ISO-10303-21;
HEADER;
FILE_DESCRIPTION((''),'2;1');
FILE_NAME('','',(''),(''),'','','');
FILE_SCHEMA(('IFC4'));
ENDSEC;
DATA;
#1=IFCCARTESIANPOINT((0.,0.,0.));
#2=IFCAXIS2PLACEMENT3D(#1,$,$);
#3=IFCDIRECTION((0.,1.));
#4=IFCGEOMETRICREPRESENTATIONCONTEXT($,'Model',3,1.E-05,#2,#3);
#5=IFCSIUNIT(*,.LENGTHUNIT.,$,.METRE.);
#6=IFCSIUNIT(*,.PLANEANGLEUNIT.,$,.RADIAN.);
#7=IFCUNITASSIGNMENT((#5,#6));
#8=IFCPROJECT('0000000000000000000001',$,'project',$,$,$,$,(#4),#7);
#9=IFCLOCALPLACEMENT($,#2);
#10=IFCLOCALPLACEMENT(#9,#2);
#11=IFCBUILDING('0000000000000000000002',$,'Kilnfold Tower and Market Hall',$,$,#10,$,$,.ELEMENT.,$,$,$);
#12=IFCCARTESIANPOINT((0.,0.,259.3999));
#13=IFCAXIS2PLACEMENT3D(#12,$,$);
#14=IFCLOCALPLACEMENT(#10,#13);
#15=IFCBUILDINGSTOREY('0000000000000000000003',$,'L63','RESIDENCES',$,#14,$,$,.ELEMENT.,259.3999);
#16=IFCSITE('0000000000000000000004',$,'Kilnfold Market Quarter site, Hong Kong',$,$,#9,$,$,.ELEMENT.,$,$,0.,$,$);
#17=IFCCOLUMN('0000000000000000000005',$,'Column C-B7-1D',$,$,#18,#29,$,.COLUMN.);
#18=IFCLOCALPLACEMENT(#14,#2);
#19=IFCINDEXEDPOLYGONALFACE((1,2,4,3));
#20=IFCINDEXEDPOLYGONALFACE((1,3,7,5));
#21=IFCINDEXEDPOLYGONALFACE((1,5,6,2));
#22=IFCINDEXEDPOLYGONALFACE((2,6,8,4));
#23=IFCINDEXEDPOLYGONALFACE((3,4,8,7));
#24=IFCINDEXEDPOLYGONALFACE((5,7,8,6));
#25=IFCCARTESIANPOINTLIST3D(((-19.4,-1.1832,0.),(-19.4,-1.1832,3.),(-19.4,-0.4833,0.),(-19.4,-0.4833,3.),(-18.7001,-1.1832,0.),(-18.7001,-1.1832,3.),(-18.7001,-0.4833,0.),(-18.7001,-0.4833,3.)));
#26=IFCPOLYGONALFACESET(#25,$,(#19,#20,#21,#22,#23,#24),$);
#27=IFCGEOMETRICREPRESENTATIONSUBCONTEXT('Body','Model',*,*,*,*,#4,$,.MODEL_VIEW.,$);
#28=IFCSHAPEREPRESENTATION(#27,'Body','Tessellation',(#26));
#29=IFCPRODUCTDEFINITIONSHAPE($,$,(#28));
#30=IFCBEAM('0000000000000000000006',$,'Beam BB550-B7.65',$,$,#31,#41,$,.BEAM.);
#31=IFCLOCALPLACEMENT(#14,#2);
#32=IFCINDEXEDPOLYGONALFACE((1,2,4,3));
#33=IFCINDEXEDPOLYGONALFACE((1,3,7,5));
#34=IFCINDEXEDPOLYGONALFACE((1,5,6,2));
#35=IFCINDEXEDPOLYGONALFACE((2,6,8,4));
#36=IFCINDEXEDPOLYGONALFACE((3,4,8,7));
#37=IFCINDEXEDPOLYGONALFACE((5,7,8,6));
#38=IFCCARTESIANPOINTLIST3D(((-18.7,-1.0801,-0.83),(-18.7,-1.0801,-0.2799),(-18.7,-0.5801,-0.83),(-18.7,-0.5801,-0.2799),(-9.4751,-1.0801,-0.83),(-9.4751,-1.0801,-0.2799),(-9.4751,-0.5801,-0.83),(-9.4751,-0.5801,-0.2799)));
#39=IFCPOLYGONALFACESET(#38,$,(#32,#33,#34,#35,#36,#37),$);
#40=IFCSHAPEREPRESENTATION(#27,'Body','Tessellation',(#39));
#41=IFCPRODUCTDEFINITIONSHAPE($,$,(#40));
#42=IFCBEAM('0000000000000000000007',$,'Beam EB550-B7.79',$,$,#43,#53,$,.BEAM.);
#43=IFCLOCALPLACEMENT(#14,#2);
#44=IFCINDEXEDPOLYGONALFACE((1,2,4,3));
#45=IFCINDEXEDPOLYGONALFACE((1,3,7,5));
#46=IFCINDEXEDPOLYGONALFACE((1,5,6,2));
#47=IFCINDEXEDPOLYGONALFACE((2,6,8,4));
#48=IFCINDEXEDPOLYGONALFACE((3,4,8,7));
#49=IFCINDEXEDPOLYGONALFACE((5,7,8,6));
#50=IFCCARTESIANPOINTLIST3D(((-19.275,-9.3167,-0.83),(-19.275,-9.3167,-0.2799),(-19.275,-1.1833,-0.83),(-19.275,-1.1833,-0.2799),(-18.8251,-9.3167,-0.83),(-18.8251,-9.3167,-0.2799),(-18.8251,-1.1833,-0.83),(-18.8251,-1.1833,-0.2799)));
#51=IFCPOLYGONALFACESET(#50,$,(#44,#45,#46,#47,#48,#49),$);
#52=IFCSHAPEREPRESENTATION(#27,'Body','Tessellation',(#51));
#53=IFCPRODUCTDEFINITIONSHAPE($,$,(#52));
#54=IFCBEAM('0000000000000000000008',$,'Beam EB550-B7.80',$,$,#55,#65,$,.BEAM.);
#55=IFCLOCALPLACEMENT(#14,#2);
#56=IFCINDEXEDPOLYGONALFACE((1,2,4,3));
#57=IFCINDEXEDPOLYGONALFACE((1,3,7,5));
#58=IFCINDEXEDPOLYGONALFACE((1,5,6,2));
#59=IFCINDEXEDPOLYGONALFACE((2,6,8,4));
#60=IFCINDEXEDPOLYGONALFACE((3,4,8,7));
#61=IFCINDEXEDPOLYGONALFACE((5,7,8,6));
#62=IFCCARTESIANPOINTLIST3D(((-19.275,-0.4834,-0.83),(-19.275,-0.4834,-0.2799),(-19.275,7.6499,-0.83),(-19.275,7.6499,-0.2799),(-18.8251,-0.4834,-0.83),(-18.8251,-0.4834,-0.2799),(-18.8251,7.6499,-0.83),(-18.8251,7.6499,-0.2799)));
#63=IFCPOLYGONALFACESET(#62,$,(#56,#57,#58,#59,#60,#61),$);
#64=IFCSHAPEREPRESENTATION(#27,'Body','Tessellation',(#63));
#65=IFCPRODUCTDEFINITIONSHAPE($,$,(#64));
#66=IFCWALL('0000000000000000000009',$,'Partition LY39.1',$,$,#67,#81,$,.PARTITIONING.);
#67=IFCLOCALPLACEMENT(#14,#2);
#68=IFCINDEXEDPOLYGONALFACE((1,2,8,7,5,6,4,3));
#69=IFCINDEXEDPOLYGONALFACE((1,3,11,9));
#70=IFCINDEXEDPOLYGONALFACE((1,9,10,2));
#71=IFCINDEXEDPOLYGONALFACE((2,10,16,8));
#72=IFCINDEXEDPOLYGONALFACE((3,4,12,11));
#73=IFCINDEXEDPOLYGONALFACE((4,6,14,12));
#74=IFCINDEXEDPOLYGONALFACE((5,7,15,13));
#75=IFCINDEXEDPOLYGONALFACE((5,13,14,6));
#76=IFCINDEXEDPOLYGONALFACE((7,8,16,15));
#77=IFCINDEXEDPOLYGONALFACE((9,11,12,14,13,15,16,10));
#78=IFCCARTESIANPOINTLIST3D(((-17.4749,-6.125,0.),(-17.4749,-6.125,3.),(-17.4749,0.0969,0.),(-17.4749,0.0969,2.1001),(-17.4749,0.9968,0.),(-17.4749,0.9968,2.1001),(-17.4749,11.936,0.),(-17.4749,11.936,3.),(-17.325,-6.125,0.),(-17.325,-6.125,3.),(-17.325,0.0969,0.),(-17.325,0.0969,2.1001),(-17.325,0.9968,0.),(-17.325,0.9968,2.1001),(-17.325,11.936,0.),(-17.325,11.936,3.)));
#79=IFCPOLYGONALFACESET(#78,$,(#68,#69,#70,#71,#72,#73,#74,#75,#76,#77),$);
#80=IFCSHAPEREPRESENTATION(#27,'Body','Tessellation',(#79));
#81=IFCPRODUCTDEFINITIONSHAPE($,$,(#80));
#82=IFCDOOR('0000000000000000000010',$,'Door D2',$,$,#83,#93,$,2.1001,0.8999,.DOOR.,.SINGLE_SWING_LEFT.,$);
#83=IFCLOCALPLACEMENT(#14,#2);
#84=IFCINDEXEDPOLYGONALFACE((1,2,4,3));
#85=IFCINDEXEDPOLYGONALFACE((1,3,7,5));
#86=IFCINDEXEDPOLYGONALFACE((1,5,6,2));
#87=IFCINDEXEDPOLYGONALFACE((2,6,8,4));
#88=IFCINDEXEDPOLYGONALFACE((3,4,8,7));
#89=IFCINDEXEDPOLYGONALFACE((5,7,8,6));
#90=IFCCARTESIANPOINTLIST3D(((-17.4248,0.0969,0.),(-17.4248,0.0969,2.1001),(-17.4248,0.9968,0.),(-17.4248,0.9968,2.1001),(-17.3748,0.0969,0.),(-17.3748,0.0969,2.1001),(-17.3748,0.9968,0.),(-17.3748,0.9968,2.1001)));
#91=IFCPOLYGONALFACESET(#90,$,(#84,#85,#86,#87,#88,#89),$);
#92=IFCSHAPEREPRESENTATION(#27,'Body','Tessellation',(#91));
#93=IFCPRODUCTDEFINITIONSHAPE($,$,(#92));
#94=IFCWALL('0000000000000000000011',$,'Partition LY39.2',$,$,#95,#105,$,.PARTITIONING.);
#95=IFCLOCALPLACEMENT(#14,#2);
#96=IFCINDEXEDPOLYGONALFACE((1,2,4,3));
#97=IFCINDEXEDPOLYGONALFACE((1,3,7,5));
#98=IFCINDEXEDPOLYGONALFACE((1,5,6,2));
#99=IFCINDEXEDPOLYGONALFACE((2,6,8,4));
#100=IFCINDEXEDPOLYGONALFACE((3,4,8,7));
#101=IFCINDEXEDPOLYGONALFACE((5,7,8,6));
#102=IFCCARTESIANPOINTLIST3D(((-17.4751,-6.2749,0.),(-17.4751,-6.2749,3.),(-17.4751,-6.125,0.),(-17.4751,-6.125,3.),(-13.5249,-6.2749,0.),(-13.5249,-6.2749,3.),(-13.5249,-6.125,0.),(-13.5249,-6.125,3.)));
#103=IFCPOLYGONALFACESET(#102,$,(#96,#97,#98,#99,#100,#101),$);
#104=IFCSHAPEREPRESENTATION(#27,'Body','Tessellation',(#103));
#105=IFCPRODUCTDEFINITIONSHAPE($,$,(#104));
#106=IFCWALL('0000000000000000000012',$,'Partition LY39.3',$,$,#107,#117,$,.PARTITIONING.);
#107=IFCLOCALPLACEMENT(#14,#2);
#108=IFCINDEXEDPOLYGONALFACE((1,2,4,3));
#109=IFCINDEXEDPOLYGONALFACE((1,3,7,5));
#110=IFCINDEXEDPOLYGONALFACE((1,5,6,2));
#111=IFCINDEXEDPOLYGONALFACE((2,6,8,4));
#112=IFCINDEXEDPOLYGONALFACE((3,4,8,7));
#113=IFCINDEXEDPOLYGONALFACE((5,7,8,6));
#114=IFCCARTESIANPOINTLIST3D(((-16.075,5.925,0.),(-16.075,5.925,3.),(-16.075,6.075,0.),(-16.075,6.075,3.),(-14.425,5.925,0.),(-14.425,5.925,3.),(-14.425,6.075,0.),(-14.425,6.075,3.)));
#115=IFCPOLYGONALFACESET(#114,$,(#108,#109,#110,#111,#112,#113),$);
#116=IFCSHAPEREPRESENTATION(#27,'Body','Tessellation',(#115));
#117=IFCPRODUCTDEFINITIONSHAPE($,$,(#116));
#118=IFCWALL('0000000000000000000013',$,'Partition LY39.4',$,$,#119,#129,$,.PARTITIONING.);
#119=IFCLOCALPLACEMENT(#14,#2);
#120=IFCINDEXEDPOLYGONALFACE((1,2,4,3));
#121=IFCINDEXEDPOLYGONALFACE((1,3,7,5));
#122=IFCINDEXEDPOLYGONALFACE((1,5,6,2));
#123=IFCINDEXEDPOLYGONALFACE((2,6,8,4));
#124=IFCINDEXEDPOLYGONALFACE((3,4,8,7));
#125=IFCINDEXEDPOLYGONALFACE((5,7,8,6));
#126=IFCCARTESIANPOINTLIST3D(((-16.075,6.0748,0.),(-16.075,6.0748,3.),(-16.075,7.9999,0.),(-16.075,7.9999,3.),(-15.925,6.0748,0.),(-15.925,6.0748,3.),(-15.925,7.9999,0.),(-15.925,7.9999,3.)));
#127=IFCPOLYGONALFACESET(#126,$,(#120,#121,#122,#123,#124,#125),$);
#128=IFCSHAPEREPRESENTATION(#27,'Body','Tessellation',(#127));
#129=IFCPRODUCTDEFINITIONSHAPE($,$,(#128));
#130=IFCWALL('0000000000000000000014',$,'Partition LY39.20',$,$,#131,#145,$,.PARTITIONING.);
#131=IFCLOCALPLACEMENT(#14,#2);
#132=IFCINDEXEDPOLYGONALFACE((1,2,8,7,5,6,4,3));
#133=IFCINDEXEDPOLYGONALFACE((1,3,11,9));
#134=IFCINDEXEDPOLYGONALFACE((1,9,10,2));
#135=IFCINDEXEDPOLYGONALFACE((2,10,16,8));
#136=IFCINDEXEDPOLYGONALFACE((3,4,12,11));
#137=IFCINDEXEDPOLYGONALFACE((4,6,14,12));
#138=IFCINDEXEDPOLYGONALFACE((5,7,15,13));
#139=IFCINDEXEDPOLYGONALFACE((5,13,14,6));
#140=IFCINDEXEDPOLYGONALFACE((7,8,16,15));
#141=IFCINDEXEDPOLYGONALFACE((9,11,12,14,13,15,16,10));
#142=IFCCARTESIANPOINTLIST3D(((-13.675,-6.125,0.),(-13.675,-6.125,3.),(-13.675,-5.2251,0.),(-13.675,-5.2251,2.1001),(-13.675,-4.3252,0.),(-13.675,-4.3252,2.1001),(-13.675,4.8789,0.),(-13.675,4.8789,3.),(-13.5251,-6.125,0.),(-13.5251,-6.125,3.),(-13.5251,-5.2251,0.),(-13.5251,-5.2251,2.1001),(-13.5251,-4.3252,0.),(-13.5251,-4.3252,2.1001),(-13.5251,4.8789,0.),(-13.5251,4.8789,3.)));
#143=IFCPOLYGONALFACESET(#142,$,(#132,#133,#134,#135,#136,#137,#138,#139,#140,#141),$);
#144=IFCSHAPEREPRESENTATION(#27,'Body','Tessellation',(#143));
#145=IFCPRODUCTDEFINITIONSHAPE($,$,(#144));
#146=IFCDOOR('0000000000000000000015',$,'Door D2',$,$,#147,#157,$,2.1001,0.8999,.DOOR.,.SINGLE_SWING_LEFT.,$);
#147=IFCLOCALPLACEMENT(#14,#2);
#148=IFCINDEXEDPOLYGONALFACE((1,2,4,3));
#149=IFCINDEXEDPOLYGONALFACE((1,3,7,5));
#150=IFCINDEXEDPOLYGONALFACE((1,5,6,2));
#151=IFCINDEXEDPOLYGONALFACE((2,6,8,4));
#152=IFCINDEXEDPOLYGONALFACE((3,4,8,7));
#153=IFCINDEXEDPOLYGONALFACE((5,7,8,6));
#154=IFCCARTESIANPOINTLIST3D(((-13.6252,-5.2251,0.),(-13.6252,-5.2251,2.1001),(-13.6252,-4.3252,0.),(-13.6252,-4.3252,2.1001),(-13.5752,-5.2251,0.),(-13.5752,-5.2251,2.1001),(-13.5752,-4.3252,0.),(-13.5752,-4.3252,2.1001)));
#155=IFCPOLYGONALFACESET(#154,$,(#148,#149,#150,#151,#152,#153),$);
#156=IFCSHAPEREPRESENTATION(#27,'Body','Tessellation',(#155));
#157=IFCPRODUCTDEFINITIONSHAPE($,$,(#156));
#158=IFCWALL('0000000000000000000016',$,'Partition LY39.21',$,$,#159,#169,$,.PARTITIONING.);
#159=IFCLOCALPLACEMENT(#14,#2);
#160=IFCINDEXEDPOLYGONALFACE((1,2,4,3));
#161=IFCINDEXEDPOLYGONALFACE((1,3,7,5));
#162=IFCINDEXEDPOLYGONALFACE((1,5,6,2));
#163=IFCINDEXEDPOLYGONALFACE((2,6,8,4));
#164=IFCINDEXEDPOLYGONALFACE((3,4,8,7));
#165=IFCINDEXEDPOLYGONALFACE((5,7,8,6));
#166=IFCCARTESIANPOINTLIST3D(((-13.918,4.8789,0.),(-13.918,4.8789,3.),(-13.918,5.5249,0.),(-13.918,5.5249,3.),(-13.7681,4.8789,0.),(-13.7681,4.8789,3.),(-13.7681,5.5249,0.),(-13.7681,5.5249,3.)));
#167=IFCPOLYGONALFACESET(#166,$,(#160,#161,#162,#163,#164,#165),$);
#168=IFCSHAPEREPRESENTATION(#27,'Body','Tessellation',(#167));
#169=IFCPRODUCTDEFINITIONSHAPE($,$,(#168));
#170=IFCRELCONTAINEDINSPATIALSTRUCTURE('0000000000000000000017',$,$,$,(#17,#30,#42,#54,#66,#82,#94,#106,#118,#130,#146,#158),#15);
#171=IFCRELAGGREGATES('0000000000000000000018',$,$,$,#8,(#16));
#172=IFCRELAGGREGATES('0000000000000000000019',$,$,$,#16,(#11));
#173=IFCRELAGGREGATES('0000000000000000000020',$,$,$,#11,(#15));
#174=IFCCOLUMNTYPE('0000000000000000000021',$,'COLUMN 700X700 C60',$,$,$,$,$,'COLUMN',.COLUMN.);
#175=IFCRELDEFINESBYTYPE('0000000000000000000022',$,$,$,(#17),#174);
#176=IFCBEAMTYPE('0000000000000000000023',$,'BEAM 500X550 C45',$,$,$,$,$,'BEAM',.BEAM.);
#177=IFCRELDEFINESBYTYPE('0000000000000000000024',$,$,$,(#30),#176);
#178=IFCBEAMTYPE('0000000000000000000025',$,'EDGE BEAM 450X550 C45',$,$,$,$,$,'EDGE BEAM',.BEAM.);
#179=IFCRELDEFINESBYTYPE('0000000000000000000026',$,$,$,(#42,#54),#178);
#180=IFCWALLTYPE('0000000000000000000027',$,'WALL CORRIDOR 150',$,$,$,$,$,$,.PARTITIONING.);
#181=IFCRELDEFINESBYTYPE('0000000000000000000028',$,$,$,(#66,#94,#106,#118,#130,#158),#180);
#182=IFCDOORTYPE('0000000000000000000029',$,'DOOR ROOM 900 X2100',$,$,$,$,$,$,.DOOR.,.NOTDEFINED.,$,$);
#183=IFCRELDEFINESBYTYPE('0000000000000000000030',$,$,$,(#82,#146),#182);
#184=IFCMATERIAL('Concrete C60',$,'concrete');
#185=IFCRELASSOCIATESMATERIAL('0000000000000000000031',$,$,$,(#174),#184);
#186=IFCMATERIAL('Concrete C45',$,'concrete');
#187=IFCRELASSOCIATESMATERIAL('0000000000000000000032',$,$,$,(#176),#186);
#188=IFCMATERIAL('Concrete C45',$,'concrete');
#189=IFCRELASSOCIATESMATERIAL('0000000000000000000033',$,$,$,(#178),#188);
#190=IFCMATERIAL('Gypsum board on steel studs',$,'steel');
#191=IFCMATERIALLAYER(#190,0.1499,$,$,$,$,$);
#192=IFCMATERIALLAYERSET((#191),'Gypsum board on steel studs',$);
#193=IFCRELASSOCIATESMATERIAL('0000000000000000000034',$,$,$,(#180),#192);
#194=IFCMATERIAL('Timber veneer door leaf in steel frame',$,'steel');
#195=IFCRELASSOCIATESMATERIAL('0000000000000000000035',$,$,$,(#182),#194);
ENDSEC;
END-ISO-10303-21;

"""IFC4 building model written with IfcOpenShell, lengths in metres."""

from ifc_helpers import new_model, si_unit, direction, frame, frame_2d, origin, origin_2d, place, context, subcontext, project, spatial, rectangle, extrude, source, transform, mapped, material, layer, layer_set, material_profile, profile_set, type_object, element, fill, save


model = new_model("IFC4")

# Units and contexts
model_context = context("Model", 3, precision=1e-05, world=origin(), true_north=direction((0.0, 1.0)))
body_context = subcontext(model_context, "Body", "Model", "MODEL_VIEW")
ifc_project = project(units=[si_unit("LENGTHUNIT", "METRE"), si_unit("PLANEANGLEUNIT", "RADIAN")], contexts=[model_context])

# Site, building, storey
site_placement = place(None, origin())
site = spatial("IfcSite", under=ifc_project, at=site_placement, Name="Kilnfold Market Quarter site, Hong Kong", CompositionType="ELEMENT", RefElevation=0.0)
building_placement = place(site_placement, origin())
building = spatial("IfcBuilding", under=site, at=building_placement, Name="Kilnfold Tower and Market Hall", CompositionType="ELEMENT")
storey_placement = place(building_placement, frame((0.0, 0.0, 259.3999)))
storey = spatial("IfcBuildingStorey", under=building, at=storey_placement, Name="L63", Description="RESIDENCES", CompositionType="ELEMENT", Elevation=259.3999)

# Column
ifc_material_1 = material(Name="Concrete C60", Category="concrete")
ifc_material_profile_1 = material_profile(ifc_material_1, rectangle(XDim=0.7, YDim=0.7, at=origin_2d()), Name="RC 700x700")
ifc_profile_set_1 = profile_set([ifc_material_profile_1], Name="Concrete C60")
column_type = type_object("IfcColumnType", Name="COLUMN 700X700 C60", ElementType="COLUMN", PredefinedType="COLUMN", material=ifc_profile_set_1)
shared_shape_1 = source(origin(), body_context, "Body", "SweptSolid", [
    extrude(rectangle(XDim=0.7, YDim=0.7, at=origin_2d()), origin(), (0.0, 0.0, 1.0), 3.0),
])
column_placement = place(storey_placement, frame((-19.05, -0.8333, 0.0), z_axis=(0.0, 0.0, 1.0), x_axis=(1.0, 0.0, 0.0)))
element("IfcColumn", 1, at=column_placement, inside=storey, type_object=column_type, Name="Column C-B7-1D", PredefinedType="COLUMN", context=body_context, shape_type="MappedRepresentation", body=[
    mapped(shared_shape_1, transform((0.0, 0.0, 0.0))),
])

# Beams
ifc_material_2 = material(Name="Concrete C45", Category="concrete")
ifc_material_profile_2 = material_profile(ifc_material_2, rectangle(XDim=0.5, YDim=0.55, at=origin_2d()), Name="RC 500x550")
ifc_profile_set_2 = profile_set([ifc_material_profile_2], Name="Concrete C45")
beam_type_1 = type_object("IfcBeamType", Name="BEAM 500X550 C45", ElementType="BEAM", PredefinedType="BEAM", material=ifc_profile_set_2)
shared_shape_2 = source(origin(), body_context, "Body", "SweptSolid", [
    extrude(rectangle(XDim=0.5, YDim=0.55, at=origin_2d()), origin(), (0.0, 0.0, 1.0), 9.2249),
])
beam_placement = place(storey_placement, frame((-18.7, -0.8301, -0.5549), z_axis=(1.0, 0.0, 0.0), x_axis=(0.0, 1.0, 0.0)))
element("IfcBeam", 2, at=beam_placement, inside=storey, type_object=beam_type_1, Name="Beam BB550-B7.65", PredefinedType="BEAM", context=body_context, shape_type="MappedRepresentation", body=[
    mapped(shared_shape_2, transform((0.0, 0.0, 0.0))),
])
ifc_material_3 = material(Name="Concrete C45", Category="concrete")
ifc_material_profile_3 = material_profile(ifc_material_3, rectangle(XDim=0.45, YDim=0.55, at=origin_2d()), Name="RC 450x550")
ifc_profile_set_3 = profile_set([ifc_material_profile_3], Name="Concrete C45")
beam_type_2 = type_object("IfcBeamType", Name="EDGE BEAM 450X550 C45", ElementType="EDGE BEAM", PredefinedType="BEAM", material=ifc_profile_set_3)
shared_shape_3 = source(origin(), body_context, "Body", "SweptSolid", [
    extrude(rectangle(XDim=0.45, YDim=0.55, at=origin_2d()), origin(), (0.0, 0.0, 1.0), 8.1333),
])
for number, where, z_axis, x_axis, name in (
    (3, (-19.05, -9.3167, -0.5549), (0.0, 1.0, 0.0), (-1.0, 0.0, 0.0), "Beam EB550-B7.79"),
    (4, (-19.05, -0.4834, -0.5549), (0.0, 1.0, 0.0), (-1.0, 0.0, 0.0), "Beam EB550-B7.80"),
):
    element("IfcBeam", number, at=place(storey_placement, frame(where, z_axis=z_axis, x_axis=x_axis)), inside=storey, type_object=beam_type_2, Name=name, PredefinedType="BEAM", context=body_context, shape_type="MappedRepresentation", body=[
        mapped(shared_shape_3, transform((0.0, 0.0, 0.0))),
    ])

# Wall, opening, door
ifc_material_4 = material(Name="Gypsum board on steel studs", Category="steel")
ifc_layer_1 = layer(ifc_material_4, 0.1499)
ifc_layer_set_1 = layer_set([ifc_layer_1], Name="Gypsum board on steel studs")
wall_type_1 = type_object("IfcWallType", Name="WALL CORRIDOR 150", PredefinedType="PARTITIONING", material=ifc_layer_set_1)
wall_1_placement = place(storey_placement, frame((-17.3999, -6.125, 0.0), z_axis=(0.0, 0.0, 1.0), x_axis=(0.0, 1.0, 0.0)))
wall_1 = element("IfcWall", 5, at=wall_1_placement, inside=storey, type_object=wall_type_1, Name="Partition LY39.1", PredefinedType="PARTITIONING", context=body_context, shape_type="SweptSolid", body=[
    extrude(rectangle(XDim=18.061, YDim=0.1499, at=frame_2d((9.0305, 0.0))), origin(), (0.0, 0.0, 1.0), 3.0),
])
opening_1_placement = place(wall_1_placement, frame((6.2219, 0.0, 0.0)))
opening_1 = element("IfcOpeningElement", 6, at=opening_1_placement, cuts=wall_1, PredefinedType="OPENING", context=body_context, shape_type="SweptSolid", body=[
    extrude(rectangle(XDim=0.8999, YDim=2.1001, at=frame_2d((0.45, 1.05))), frame((0.0, 0.085, 0.0), z_axis=(0.0, -1.0, 0.0), x_axis=(1.0, 0.0, 0.0)), (0.0, 0.0, 1.0), 0.1699),
])
ifc_material_5 = material(Name="Timber veneer door leaf in steel frame", Category="steel")
door_type = type_object("IfcDoorType", Name="DOOR ROOM 900 X2100", OperationType="NOTDEFINED", PredefinedType="DOOR", material=ifc_material_5)
door_1_placement = place(opening_1_placement, origin())
door_1 = element("IfcDoor", 7, at=door_1_placement, inside=storey, type_object=door_type, Name="Door D2", OperationType="SINGLE_SWING_LEFT", OverallHeight=2.1001, OverallWidth=0.8999, PredefinedType="DOOR", context=body_context, shape_type="SweptSolid", body=[
    extrude(rectangle(XDim=0.8999, YDim=2.1001, at=frame_2d((0.45, 1.05))), frame((0.0, 0.0249, 0.0), z_axis=(0.0, -1.0, 0.0), x_axis=(1.0, 0.0, 0.0)), (0.0, 0.0, 1.0), 0.05),
])
fill(opening_1, door_1)

# Walls
wall_2_placement = place(storey_placement, frame((-17.4751, -6.2, 0.0), z_axis=(0.0, 0.0, 1.0), x_axis=(1.0, 0.0, 0.0)))
element("IfcWall", 8, at=wall_2_placement, inside=storey, type_object=wall_type_1, Name="Partition LY39.2", PredefinedType="PARTITIONING", context=body_context, shape_type="SweptSolid", body=[
    extrude(rectangle(XDim=3.9502, YDim=0.1499, at=frame_2d((1.9751, 0.0))), origin(), (0.0, 0.0, 1.0), 3.0),
])
wall_3_placement = place(storey_placement, frame((-16.075, 6.0, 0.0), z_axis=(0.0, 0.0, 1.0), x_axis=(1.0, 0.0, 0.0)))
element("IfcWall", 9, at=wall_3_placement, inside=storey, type_object=wall_type_1, Name="Partition LY39.3", PredefinedType="PARTITIONING", context=body_context, shape_type="SweptSolid", body=[
    extrude(rectangle(XDim=1.6499, YDim=0.1499, at=frame_2d((0.825, 0.0))), origin(), (0.0, 0.0, 1.0), 3.0),
])
wall_4_placement = place(storey_placement, frame((-16.0, 6.075, 0.0), z_axis=(0.0, 0.0, 1.0), x_axis=(0.0, 1.0, 0.0)))
element("IfcWall", 10, at=wall_4_placement, inside=storey, type_object=wall_type_1, Name="Partition LY39.4", PredefinedType="PARTITIONING", context=body_context, shape_type="SweptSolid", body=[
    extrude(rectangle(XDim=1.925, YDim=0.1499, at=frame_2d((0.9624, 0.0))), origin(), (0.0, 0.0, 1.0), 3.0),
])

# Wall, opening, door
wall_5_placement = place(storey_placement, frame((-13.6001, 4.8789, 0.0), z_axis=(0.0, 0.0, 1.0), x_axis=(0.0, -1.0, 0.0)))
wall_5 = element("IfcWall", 11, at=wall_5_placement, inside=storey, type_object=wall_type_1, Name="Partition LY39.20", PredefinedType="PARTITIONING", context=body_context, shape_type="SweptSolid", body=[
    extrude(rectangle(XDim=11.0039, YDim=0.1499, at=frame_2d((5.502, 0.0))), origin(), (0.0, 0.0, 1.0), 3.0),
])
opening_2_placement = place(wall_5_placement, frame((9.2041, 0.0, 0.0)))
opening_2 = element("IfcOpeningElement", 12, at=opening_2_placement, cuts=wall_5, PredefinedType="OPENING", context=body_context, shape_type="SweptSolid", body=[
    extrude(rectangle(XDim=0.8999, YDim=2.1001, at=frame_2d((0.45, 1.05))), frame((0.0, 0.085, 0.0), z_axis=(0.0, -1.0, 0.0), x_axis=(1.0, 0.0, 0.0)), (0.0, 0.0, 1.0), 0.1699),
])
door_2_placement = place(opening_2_placement, origin())
door_2 = element("IfcDoor", 13, at=door_2_placement, inside=storey, type_object=door_type, Name="Door D2", OperationType="SINGLE_SWING_LEFT", OverallHeight=2.1001, OverallWidth=0.8999, PredefinedType="DOOR", context=body_context, shape_type="SweptSolid", body=[
    extrude(rectangle(XDim=0.8999, YDim=2.1001, at=frame_2d((0.45, 1.05))), frame((0.0, 0.0249, 0.0), z_axis=(0.0, -1.0, 0.0), x_axis=(1.0, 0.0, 0.0)), (0.0, 0.0, 1.0), 0.05),
])
fill(opening_2, door_2)

# Wall
wall_6_placement = place(storey_placement, frame((-13.843, 5.5249, 0.0), z_axis=(0.0, 0.0, 1.0), x_axis=(0.0, -1.0, 0.0)))
element("IfcWall", 14, at=wall_6_placement, inside=storey, type_object=wall_type_1, Name="Partition LY39.21", PredefinedType="PARTITIONING", context=body_context, shape_type="SweptSolid", body=[
    extrude(rectangle(XDim=0.646, YDim=0.1499, at=frame_2d((0.323, 0.0))), origin(), (0.0, 0.0, 1.0), 3.0),
])

save(model, "model.ifc")
